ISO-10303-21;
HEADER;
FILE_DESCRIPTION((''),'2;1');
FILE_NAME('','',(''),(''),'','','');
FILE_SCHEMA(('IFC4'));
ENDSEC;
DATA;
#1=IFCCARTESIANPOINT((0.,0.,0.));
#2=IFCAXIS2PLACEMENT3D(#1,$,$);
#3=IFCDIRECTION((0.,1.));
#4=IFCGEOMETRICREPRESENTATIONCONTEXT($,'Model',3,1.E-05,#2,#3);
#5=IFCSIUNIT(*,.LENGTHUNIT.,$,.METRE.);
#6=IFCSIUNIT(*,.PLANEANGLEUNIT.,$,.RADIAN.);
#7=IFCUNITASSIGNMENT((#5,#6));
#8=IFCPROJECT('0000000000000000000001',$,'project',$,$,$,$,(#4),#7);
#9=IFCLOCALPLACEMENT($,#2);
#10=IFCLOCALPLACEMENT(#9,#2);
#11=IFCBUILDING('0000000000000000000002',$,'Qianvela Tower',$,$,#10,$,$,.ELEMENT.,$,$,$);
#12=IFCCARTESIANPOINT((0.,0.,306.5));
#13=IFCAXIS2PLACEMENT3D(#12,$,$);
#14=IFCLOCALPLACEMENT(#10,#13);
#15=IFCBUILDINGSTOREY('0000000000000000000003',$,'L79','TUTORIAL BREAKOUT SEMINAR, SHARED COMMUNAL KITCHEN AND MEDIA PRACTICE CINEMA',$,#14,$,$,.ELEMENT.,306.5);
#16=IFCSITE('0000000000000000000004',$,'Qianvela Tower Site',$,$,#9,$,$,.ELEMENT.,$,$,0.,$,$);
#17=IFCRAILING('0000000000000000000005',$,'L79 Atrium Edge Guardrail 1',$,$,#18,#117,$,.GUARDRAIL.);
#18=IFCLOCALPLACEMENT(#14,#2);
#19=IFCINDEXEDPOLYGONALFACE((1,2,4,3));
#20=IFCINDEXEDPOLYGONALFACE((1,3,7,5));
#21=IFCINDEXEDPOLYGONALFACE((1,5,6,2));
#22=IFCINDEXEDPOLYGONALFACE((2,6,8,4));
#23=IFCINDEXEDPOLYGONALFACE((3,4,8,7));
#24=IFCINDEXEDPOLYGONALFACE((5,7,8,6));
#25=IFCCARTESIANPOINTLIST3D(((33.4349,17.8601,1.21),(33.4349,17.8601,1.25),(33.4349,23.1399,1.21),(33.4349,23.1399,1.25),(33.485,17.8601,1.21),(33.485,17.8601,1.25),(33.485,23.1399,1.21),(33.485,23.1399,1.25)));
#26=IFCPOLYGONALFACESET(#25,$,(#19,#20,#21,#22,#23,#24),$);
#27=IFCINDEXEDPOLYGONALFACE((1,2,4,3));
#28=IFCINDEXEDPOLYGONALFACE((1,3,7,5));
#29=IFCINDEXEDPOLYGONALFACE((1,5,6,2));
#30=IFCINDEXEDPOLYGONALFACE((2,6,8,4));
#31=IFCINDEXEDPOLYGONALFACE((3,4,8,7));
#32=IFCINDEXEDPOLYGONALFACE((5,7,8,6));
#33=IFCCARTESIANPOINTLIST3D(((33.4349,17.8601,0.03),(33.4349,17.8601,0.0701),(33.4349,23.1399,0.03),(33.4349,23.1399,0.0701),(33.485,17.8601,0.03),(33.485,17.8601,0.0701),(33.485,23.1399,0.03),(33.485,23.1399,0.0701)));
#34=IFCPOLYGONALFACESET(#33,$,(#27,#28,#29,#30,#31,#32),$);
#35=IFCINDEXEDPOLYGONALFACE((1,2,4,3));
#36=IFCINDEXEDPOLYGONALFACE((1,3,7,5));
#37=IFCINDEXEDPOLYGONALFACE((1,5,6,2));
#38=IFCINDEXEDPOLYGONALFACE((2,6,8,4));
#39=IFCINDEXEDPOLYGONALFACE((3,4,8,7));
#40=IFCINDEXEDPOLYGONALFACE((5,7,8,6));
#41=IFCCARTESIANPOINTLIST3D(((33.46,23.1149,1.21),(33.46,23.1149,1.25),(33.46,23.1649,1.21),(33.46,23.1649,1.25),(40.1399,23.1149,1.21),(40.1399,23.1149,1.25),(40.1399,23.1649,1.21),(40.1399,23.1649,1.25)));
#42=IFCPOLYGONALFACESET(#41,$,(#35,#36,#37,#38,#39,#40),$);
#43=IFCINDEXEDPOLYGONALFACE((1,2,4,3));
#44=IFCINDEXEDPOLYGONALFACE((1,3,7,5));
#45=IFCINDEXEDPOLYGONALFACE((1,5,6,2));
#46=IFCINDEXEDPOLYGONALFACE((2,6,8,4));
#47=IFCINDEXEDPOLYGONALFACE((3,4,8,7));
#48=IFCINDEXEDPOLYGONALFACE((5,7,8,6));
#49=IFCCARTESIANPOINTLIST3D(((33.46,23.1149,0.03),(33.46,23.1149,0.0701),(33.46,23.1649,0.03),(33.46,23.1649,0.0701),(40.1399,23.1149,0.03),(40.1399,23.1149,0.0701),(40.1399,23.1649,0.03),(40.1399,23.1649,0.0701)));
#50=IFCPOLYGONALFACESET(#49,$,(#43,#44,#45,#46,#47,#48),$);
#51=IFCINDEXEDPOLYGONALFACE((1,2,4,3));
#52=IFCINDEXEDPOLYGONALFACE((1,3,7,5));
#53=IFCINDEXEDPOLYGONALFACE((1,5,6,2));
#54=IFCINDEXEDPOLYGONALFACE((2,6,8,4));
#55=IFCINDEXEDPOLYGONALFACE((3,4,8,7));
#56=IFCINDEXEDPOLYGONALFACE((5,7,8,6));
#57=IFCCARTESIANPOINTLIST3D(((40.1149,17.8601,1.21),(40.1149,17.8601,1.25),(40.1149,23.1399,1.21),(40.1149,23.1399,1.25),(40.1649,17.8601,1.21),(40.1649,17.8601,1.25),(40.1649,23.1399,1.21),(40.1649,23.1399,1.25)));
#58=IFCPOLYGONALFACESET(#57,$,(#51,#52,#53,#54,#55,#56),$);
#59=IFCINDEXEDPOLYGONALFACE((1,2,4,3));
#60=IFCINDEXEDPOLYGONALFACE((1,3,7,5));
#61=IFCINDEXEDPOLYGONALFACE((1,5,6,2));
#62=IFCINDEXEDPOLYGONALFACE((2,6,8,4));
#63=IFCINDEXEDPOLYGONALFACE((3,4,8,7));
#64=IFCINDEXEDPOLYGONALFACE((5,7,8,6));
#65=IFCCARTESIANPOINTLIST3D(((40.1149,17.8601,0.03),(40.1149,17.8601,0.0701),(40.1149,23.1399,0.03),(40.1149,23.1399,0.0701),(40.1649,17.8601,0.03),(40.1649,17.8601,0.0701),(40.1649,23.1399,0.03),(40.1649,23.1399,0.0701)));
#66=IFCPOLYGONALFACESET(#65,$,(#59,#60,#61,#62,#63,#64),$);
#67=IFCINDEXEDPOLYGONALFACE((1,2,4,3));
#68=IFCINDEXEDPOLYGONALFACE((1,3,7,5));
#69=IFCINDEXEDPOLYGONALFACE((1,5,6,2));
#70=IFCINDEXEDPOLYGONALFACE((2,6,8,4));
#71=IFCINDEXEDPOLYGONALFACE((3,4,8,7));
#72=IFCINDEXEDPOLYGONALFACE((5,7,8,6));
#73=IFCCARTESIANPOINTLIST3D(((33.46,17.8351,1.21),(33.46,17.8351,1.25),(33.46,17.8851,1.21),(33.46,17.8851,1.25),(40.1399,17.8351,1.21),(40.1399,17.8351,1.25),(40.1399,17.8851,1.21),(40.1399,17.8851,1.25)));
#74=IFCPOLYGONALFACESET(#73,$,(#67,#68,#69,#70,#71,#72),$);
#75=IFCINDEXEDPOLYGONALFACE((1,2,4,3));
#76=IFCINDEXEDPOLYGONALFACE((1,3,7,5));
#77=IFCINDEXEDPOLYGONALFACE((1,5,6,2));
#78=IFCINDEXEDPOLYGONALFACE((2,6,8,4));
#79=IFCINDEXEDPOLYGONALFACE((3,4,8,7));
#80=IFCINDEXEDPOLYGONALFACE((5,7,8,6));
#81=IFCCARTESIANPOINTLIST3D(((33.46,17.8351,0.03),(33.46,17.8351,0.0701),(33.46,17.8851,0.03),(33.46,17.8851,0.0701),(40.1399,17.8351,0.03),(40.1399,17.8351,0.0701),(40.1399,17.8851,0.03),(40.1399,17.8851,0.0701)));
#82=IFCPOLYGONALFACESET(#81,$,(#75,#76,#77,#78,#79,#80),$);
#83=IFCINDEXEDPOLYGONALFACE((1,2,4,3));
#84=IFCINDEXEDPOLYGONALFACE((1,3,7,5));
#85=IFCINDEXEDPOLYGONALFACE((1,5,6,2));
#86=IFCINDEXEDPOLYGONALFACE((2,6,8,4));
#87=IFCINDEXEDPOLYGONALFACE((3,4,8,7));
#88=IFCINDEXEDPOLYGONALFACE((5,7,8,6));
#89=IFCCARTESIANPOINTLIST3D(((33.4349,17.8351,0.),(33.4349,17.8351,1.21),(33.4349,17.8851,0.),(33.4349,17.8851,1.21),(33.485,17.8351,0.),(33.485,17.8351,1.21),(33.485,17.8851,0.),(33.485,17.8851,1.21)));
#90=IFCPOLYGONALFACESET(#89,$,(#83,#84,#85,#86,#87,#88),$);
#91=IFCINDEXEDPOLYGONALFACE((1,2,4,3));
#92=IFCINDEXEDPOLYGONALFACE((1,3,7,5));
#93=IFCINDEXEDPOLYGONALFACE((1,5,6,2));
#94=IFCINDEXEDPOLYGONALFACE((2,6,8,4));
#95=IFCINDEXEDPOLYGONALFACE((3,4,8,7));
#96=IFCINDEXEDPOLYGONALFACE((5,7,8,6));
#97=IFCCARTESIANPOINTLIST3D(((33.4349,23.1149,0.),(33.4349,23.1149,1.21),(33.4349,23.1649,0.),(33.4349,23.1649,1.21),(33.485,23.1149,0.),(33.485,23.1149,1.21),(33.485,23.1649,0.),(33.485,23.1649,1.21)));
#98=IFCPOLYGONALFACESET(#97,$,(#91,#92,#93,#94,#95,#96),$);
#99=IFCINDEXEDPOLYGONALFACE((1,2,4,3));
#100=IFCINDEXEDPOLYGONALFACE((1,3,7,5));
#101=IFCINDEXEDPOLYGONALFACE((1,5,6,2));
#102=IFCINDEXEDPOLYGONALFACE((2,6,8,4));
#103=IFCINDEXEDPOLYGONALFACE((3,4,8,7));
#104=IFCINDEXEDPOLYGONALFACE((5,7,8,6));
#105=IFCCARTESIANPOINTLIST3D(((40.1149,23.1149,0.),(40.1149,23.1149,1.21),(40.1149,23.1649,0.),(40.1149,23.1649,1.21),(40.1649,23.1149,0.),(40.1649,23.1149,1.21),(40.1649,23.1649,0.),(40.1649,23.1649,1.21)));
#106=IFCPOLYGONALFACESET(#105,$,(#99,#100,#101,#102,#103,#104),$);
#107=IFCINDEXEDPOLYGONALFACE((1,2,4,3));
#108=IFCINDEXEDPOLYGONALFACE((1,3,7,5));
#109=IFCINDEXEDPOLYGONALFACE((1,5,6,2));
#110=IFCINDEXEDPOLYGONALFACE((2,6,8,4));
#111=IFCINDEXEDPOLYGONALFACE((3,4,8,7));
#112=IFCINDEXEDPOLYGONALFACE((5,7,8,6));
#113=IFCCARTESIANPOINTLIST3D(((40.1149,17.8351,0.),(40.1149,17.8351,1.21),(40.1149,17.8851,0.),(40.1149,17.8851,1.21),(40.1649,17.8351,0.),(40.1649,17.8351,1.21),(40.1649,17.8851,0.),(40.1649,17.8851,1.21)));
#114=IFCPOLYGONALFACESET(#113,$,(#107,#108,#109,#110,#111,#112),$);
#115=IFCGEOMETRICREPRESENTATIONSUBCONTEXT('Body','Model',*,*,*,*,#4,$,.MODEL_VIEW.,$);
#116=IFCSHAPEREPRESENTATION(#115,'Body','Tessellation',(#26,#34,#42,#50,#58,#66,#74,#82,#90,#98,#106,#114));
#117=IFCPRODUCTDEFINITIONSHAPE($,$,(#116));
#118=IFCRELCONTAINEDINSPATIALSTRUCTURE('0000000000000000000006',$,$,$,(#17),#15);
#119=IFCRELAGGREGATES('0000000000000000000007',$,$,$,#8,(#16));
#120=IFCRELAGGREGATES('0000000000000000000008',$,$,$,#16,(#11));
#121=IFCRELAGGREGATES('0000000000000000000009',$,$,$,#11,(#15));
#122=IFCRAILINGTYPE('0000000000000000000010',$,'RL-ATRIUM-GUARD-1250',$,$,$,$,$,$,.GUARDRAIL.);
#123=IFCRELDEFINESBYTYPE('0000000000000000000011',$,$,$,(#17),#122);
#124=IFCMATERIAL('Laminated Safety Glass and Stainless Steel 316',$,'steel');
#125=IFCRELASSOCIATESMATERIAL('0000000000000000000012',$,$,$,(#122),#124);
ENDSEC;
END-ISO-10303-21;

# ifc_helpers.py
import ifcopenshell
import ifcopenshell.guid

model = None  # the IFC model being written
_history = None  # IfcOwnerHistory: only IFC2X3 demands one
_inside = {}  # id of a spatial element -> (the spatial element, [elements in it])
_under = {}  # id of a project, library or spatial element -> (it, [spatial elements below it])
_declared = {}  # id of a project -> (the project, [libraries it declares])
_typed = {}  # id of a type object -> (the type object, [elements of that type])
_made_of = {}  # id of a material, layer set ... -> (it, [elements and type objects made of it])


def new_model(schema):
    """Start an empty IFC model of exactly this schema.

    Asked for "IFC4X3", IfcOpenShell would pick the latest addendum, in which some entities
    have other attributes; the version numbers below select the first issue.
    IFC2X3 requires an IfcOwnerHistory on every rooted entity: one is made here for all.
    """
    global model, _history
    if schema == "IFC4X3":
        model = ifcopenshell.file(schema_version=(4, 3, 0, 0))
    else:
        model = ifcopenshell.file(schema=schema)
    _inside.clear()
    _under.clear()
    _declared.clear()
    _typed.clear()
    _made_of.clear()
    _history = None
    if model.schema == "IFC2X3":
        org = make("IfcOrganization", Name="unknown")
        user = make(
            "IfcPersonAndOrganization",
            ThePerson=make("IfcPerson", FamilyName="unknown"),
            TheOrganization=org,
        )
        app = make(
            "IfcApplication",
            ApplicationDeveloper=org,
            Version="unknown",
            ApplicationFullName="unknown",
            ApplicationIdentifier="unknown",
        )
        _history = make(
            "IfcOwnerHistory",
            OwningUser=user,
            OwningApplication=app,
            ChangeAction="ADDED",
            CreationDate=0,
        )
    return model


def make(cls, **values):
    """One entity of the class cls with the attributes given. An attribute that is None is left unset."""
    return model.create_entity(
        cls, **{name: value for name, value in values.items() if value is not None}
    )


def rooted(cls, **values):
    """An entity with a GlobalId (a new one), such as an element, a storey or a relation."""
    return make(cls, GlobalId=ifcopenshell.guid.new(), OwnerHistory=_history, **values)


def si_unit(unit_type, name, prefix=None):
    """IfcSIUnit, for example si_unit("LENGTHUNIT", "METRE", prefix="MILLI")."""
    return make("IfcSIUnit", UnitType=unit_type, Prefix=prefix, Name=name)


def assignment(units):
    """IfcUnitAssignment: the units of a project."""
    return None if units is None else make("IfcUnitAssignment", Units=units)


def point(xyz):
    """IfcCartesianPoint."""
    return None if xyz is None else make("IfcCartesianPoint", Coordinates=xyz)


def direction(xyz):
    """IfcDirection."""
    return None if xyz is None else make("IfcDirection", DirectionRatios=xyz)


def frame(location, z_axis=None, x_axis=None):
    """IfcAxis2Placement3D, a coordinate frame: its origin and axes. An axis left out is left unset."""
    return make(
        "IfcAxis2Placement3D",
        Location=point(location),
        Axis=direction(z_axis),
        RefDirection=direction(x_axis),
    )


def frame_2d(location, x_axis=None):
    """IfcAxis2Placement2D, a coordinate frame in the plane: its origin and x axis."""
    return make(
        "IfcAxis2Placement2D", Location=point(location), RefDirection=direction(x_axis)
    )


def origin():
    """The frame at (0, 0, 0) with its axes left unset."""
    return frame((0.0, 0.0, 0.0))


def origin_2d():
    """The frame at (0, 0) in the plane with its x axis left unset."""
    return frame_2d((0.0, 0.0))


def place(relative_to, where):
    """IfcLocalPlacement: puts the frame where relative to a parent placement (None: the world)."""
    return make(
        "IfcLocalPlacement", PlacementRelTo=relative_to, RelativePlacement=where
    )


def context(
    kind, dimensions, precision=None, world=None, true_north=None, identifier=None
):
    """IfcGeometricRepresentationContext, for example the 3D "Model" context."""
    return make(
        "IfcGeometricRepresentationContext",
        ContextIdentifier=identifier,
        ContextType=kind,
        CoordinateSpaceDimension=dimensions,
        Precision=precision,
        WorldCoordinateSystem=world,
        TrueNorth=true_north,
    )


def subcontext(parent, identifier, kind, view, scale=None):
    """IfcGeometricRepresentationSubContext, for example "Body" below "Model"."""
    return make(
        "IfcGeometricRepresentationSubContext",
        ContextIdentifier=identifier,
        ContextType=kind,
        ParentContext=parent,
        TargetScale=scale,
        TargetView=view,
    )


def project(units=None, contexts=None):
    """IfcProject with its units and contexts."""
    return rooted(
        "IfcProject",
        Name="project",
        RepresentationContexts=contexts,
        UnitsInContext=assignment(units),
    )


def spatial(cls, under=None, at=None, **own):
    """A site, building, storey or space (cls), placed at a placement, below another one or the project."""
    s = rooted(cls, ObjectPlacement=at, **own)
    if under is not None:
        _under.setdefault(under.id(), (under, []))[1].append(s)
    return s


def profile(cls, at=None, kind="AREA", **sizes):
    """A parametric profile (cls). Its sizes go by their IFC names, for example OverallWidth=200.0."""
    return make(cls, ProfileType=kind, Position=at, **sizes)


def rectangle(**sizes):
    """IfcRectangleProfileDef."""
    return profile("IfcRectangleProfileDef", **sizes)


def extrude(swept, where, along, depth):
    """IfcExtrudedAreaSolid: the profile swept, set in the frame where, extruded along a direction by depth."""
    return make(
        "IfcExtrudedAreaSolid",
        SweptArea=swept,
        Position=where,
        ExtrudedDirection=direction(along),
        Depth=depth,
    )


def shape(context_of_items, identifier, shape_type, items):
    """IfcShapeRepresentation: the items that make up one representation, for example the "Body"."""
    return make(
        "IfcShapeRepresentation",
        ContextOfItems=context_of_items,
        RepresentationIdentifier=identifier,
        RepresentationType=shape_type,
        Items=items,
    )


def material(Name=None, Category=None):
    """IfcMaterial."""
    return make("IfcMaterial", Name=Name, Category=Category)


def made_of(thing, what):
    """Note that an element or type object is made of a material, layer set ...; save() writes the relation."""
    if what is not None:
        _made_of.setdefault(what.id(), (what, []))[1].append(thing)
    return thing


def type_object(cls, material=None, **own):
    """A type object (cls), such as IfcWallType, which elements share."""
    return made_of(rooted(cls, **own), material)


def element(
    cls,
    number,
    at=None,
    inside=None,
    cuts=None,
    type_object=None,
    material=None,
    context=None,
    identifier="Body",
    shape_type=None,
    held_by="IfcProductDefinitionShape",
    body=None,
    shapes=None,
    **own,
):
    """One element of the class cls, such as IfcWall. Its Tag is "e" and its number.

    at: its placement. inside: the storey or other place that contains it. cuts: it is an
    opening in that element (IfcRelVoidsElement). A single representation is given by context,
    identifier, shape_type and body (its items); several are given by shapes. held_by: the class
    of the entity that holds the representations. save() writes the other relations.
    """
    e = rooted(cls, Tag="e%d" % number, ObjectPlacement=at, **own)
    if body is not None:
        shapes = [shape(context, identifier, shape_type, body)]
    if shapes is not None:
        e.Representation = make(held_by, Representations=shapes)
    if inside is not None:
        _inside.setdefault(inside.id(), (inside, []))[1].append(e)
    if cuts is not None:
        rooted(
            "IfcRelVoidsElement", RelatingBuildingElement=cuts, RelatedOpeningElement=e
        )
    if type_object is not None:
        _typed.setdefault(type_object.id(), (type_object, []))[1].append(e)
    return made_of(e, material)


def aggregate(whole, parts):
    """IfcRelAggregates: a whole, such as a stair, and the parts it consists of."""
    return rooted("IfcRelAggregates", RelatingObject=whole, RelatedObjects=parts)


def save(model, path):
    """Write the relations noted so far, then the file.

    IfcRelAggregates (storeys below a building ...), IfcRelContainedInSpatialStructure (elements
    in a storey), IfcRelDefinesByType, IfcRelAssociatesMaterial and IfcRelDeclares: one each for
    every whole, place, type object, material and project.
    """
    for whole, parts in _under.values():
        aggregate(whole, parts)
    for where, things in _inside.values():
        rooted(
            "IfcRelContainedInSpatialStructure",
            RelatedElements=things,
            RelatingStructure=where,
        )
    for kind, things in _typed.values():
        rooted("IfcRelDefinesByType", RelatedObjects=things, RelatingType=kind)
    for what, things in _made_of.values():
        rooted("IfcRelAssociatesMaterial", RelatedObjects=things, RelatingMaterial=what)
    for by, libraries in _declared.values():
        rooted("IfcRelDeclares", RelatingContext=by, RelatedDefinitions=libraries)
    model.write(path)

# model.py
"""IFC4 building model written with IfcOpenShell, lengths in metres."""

from ifc_helpers import new_model, si_unit, direction, frame, origin, origin_2d, place, context, subcontext, project, spatial, rectangle, extrude, material, type_object, element, save


model = new_model("IFC4")

# Units and contexts
model_context = context("Model", 3, precision=1e-05, world=origin(), true_north=direction((0.0, 1.0)))
body_context = subcontext(model_context, "Body", "Model", "MODEL_VIEW")
ifc_project = project(units=[si_unit("LENGTHUNIT", "METRE"), si_unit("PLANEANGLEUNIT", "RADIAN")], contexts=[model_context])

# Site, building, storey
site_placement = place(None, origin())
site = spatial("IfcSite", under=ifc_project, at=site_placement, Name="Qianvela Tower Site", CompositionType="ELEMENT", RefElevation=0.0)
building_placement = place(site_placement, origin())
building = spatial("IfcBuilding", under=site, at=building_placement, Name="Qianvela Tower", CompositionType="ELEMENT")
storey_placement = place(building_placement, frame((0.0, 0.0, 306.5)))
storey = spatial("IfcBuildingStorey", under=building, at=storey_placement, Name="L79", Description="TUTORIAL BREAKOUT SEMINAR, SHARED COMMUNAL KITCHEN AND MEDIA PRACTICE CINEMA", CompositionType="ELEMENT", Elevation=306.5)

# Railing
ifc_material_1 = material(Name="Laminated Safety Glass and Stainless Steel 316", Category="steel")
railing_type = type_object("IfcRailingType", Name="RL-ATRIUM-GUARD-1250", PredefinedType="GUARDRAIL", material=ifc_material_1)
railing_placement = place(storey_placement, frame((33.46, 17.8601, 0.0)))
element("IfcRailing", 1, at=railing_placement, inside=storey, type_object=railing_type, Name="L79 Atrium Edge Guardrail 1", PredefinedType="GUARDRAIL", context=body_context, shape_type="SweptSolid", body=[
    extrude(rectangle(XDim=0.05, YDim=0.04, at=origin_2d()), frame((0.0, 0.0, 1.23), z_axis=(0.0, 1.0, 0.0), x_axis=(-1.0, 0.0, 0.0)), (0.0, 0.0, 1.0), 5.2798),
    extrude(rectangle(XDim=0.05, YDim=0.04, at=origin_2d()), frame((0.0, 0.0, 0.05), z_axis=(0.0, 1.0, 0.0), x_axis=(-1.0, 0.0, 0.0)), (0.0, 0.0, 1.0), 5.2798),
    extrude(rectangle(XDim=0.05, YDim=0.04, at=origin_2d()), frame((0.0, 5.2798, 1.23), z_axis=(1.0, 0.0, 0.0), x_axis=(0.0, 1.0, 0.0)), (0.0, 0.0, 1.0), 6.6799),
    extrude(rectangle(XDim=0.05, YDim=0.04, at=origin_2d()), frame((0.0, 5.2798, 0.05), z_axis=(1.0, 0.0, 0.0), x_axis=(0.0, 1.0, 0.0)), (0.0, 0.0, 1.0), 6.6799),
    extrude(rectangle(XDim=0.05, YDim=0.04, at=origin_2d()), frame((6.6799, 5.2798, 1.23), z_axis=(0.0, -1.0, 0.0), x_axis=(1.0, 0.0, 0.0)), (0.0, 0.0, 1.0), 5.2798),
    extrude(rectangle(XDim=0.05, YDim=0.04, at=origin_2d()), frame((6.6799, 5.2798, 0.05), z_axis=(0.0, -1.0, 0.0), x_axis=(1.0, 0.0, 0.0)), (0.0, 0.0, 1.0), 5.2798),
    extrude(rectangle(XDim=0.05, YDim=0.04, at=origin_2d()), frame((6.6799, 0.0, 1.23), z_axis=(-1.0, 0.0, 0.0), x_axis=(0.0, -1.0, 0.0)), (0.0, 0.0, 1.0), 6.6799),
    extrude(rectangle(XDim=0.05, YDim=0.04, at=origin_2d()), frame((6.6799, 0.0, 0.05), z_axis=(-1.0, 0.0, 0.0), x_axis=(0.0, -1.0, 0.0)), (0.0, 0.0, 1.0), 6.6799),
    extrude(rectangle(XDim=0.05, YDim=0.05, at=origin_2d()), origin(), (0.0, 0.0, 1.0), 1.21),
    extrude(rectangle(XDim=0.05, YDim=0.05, at=origin_2d()), frame((0.0, 5.2798, 0.0)), (0.0, 0.0, 1.0), 1.21),
    extrude(rectangle(XDim=0.05, YDim=0.05, at=origin_2d()), frame((6.6799, 5.2798, 0.0)), (0.0, 0.0, 1.0), 1.21),
    extrude(rectangle(XDim=0.05, YDim=0.05, at=origin_2d()), frame((6.6799, 0.0, 0.0)), (0.0, 0.0, 1.0), 1.21),
])

save(model, "model.ifc")
